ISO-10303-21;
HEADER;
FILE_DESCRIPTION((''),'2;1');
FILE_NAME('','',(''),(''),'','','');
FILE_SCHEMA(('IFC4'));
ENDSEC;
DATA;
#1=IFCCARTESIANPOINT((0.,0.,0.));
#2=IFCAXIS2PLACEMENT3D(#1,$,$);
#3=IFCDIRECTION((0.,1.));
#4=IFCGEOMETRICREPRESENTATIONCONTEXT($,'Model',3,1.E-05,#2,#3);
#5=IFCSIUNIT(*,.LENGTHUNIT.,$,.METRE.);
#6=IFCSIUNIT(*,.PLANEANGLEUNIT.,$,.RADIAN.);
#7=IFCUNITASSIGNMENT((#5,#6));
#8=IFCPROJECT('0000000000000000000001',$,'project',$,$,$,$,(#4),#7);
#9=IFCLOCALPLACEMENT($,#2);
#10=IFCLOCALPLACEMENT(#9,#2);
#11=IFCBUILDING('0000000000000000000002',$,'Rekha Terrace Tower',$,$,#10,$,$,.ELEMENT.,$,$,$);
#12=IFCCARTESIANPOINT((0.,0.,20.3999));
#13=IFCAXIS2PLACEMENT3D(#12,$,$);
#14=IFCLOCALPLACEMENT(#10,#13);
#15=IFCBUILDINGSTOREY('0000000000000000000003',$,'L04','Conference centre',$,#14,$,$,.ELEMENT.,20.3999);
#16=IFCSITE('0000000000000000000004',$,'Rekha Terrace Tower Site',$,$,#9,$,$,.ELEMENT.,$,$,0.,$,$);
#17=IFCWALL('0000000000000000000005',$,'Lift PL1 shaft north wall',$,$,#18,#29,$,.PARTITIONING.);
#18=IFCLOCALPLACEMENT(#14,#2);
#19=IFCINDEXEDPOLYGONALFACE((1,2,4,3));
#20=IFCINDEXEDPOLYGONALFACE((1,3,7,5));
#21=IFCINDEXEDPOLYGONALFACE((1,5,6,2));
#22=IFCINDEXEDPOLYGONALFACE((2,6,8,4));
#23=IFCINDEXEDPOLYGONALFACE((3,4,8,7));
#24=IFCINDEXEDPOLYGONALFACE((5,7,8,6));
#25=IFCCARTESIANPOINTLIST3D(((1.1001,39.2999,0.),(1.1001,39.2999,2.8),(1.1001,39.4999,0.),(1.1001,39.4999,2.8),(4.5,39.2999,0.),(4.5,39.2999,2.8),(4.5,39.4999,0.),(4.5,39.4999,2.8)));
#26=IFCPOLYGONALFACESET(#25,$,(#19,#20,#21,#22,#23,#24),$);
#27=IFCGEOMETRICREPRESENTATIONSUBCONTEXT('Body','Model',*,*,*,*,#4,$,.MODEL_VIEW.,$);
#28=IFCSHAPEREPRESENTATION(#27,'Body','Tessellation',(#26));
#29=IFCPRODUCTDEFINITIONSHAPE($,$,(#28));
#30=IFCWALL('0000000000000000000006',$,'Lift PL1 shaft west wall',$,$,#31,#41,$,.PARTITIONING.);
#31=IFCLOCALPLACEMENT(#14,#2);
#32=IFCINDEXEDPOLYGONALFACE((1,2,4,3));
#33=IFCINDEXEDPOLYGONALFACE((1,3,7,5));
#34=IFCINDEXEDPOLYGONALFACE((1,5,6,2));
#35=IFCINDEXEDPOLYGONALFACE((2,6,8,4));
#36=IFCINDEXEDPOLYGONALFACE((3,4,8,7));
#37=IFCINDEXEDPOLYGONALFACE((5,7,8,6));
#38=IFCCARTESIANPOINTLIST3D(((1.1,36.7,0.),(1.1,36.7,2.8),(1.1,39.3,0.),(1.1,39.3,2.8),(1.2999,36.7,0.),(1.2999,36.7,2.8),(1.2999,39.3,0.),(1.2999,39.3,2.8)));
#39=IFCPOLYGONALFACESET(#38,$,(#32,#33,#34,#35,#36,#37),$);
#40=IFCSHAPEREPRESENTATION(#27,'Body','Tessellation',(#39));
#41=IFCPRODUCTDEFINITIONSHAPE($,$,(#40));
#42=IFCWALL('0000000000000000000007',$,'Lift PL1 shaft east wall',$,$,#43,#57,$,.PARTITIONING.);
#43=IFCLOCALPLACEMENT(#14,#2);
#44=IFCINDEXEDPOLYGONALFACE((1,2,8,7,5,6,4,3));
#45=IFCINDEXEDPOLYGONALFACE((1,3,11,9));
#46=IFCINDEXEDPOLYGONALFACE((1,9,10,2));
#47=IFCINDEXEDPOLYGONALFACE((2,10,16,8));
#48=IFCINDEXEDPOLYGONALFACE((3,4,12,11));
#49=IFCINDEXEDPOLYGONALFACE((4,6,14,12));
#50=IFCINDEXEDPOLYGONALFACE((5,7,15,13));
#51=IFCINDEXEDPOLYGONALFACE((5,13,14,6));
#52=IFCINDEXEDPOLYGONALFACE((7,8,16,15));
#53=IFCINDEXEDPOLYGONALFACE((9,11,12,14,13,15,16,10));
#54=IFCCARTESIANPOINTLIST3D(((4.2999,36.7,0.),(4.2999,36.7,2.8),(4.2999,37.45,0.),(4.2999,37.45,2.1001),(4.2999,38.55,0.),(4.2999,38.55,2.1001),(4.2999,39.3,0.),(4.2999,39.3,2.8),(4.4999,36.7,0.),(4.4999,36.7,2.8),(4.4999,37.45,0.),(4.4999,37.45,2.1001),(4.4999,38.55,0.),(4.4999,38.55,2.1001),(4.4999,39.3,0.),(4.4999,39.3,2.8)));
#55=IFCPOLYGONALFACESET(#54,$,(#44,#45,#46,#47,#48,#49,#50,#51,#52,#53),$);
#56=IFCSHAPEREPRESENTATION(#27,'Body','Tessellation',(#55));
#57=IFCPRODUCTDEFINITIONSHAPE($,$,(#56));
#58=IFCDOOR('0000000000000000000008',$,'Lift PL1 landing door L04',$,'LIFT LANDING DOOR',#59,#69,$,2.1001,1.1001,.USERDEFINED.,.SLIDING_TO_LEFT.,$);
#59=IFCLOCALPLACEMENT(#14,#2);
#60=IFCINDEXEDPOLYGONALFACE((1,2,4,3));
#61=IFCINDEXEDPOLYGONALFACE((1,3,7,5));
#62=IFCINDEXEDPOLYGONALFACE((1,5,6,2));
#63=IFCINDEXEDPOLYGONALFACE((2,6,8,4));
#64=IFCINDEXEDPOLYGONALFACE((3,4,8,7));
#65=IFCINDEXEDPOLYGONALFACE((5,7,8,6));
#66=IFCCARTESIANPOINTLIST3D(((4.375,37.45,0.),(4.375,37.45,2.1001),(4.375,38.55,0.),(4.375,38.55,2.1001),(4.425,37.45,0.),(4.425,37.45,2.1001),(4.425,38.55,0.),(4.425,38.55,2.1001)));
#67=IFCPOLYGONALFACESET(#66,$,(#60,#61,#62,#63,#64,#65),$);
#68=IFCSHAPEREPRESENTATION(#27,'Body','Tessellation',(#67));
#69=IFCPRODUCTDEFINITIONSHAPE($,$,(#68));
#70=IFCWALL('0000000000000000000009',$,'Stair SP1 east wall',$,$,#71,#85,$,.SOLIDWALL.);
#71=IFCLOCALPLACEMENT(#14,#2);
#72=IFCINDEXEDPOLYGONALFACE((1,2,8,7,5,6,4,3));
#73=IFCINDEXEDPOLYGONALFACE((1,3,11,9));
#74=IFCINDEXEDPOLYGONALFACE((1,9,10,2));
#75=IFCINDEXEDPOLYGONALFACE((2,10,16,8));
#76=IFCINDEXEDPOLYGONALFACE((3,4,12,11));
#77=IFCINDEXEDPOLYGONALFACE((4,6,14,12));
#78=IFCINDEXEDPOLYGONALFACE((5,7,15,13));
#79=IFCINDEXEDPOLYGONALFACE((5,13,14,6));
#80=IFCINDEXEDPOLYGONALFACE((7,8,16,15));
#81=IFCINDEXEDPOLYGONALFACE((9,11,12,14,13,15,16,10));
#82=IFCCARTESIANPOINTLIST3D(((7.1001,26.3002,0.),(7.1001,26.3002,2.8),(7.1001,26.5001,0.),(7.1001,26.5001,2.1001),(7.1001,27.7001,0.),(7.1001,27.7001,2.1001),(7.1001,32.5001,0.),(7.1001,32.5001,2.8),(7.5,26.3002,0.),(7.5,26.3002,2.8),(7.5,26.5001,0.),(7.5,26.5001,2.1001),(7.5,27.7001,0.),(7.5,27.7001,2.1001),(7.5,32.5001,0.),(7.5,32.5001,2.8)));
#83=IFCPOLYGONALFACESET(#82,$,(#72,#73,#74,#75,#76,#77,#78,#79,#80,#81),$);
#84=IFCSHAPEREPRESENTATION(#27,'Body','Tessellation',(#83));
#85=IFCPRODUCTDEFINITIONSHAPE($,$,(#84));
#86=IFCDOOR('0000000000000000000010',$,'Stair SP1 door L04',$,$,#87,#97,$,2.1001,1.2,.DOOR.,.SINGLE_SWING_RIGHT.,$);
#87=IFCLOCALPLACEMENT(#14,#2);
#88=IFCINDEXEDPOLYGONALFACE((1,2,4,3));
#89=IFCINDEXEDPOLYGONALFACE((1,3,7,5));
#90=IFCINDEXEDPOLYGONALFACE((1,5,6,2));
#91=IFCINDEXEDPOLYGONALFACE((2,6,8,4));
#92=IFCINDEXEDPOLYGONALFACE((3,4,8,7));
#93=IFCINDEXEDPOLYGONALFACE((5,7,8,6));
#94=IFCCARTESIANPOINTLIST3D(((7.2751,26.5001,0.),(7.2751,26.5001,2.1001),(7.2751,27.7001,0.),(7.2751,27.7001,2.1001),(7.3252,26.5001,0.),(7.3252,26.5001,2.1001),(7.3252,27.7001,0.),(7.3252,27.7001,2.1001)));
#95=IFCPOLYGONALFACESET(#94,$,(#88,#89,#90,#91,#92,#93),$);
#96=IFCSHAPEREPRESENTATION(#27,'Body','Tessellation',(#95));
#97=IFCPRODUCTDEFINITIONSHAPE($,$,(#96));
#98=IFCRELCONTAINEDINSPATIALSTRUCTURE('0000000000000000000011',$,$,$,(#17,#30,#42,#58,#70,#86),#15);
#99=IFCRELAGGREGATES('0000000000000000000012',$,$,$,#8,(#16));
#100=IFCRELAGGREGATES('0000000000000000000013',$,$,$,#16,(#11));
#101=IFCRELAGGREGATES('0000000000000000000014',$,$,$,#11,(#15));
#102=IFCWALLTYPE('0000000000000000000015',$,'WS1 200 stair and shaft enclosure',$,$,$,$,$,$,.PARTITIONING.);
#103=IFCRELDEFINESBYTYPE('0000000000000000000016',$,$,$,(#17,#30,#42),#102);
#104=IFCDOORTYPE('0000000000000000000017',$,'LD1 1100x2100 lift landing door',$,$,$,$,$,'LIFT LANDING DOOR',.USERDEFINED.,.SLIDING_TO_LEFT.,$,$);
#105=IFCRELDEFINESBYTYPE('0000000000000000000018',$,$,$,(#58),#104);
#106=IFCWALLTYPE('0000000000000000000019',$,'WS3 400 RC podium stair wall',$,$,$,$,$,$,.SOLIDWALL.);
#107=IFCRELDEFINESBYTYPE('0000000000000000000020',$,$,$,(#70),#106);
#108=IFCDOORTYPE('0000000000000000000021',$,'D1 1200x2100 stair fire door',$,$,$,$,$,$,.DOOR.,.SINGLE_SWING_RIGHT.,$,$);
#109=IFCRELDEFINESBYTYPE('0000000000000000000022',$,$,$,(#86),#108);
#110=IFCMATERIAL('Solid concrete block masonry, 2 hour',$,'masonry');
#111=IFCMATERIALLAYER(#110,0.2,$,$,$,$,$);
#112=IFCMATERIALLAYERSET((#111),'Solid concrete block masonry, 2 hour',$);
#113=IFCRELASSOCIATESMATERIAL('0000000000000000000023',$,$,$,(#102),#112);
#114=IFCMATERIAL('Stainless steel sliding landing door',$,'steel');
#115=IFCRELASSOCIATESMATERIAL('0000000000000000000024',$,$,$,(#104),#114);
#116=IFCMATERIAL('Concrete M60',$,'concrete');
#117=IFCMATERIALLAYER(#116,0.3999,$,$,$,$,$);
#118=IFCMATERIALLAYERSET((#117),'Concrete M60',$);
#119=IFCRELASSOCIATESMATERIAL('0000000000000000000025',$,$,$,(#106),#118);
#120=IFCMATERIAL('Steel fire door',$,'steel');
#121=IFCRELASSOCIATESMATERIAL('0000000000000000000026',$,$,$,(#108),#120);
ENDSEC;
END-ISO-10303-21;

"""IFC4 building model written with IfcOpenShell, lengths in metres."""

from ifc_helpers import new_model, si_unit, direction, frame, frame_2d, origin, place, context, subcontext, project, spatial, rectangle, extrude, material, layer, layer_set, type_object, element, fill, save


model = new_model("IFC4")

# Units and contexts
model_context = context("Model", 3, precision=1e-05, world=origin(), true_north=direction((0.0, 1.0)))
body_context = subcontext(model_context, "Body", "Model", "MODEL_VIEW")
ifc_project = project(units=[si_unit("LENGTHUNIT", "METRE"), si_unit("PLANEANGLEUNIT", "RADIAN")], contexts=[model_context])

# Site, building, storey
site_placement = place(None, origin())
site = spatial("IfcSite", under=ifc_project, at=site_placement, Name="Rekha Terrace Tower Site", CompositionType="ELEMENT", RefElevation=0.0)
building_placement = place(site_placement, origin())
building = spatial("IfcBuilding", under=site, at=building_placement, Name="Rekha Terrace Tower", CompositionType="ELEMENT")
storey_placement = place(building_placement, frame((0.0, 0.0, 20.3999)))
storey = spatial("IfcBuildingStorey", under=building, at=storey_placement, Name="L04", Description="Conference centre", CompositionType="ELEMENT", Elevation=20.3999)

# Walls
ifc_material_1 = material(Name="Solid concrete block masonry, 2 hour", Category="masonry")
ifc_layer_1 = layer(ifc_material_1, 0.2)
ifc_layer_set_1 = layer_set([ifc_layer_1], Name="Solid concrete block masonry, 2 hour")
wall_type_1 = type_object("IfcWallType", Name="WS1 200 stair and shaft enclosure", PredefinedType="PARTITIONING", material=ifc_layer_set_1)
wall_1_placement = place(storey_placement, frame((1.1001, 39.3999, 0.0), z_axis=(0.0, 0.0, 1.0), x_axis=(1.0, 0.0, 0.0)))
element("IfcWall", 1, at=wall_1_placement, inside=storey, type_object=wall_type_1, Name="Lift PL1 shaft north wall", PredefinedType="PARTITIONING", context=body_context, shape_type="SweptSolid", body=[
    extrude(rectangle(XDim=3.3999, YDim=0.2, at=frame_2d((1.7, 0.0))), origin(), (0.0, 0.0, 1.0), 2.8),
])
wall_2_placement = place(storey_placement, frame((1.2, 36.7, 0.0), z_axis=(0.0, 0.0, 1.0), x_axis=(0.0, 1.0, 0.0)))
element("IfcWall", 2, at=wall_2_placement, inside=storey, type_object=wall_type_1, Name="Lift PL1 shaft west wall", PredefinedType="PARTITIONING", context=body_context, shape_type="SweptSolid", body=[
    extrude(rectangle(XDim=2.6001, YDim=0.2, at=frame_2d((1.3, 0.0))), origin(), (0.0, 0.0, 1.0), 2.8),
])

# Walls, openings, doors
wall_3_placement = place(storey_placement, frame((4.3999, 36.7, 0.0), z_axis=(0.0, 0.0, 1.0), x_axis=(0.0, 1.0, 0.0)))
wall_3 = element("IfcWall", 3, at=wall_3_placement, inside=storey, type_object=wall_type_1, Name="Lift PL1 shaft east wall", PredefinedType="PARTITIONING", context=body_context, shape_type="SweptSolid", body=[
    extrude(rectangle(XDim=2.6001, YDim=0.2, at=frame_2d((1.3, 0.0))), origin(), (0.0, 0.0, 1.0), 2.8),
])
opening_1_placement = place(wall_3_placement, frame((0.75, 0.0, 0.0)))
opening_1 = element("IfcOpeningElement", 4, at=opening_1_placement, cuts=wall_3, PredefinedType="OPENING", context=body_context, shape_type="SweptSolid", body=[
    extrude(rectangle(XDim=1.1001, YDim=2.1001, at=frame_2d((0.55, 1.05))), frame((0.0, 0.1099, 0.0), z_axis=(0.0, -1.0, 0.0), x_axis=(1.0, 0.0, 0.0)), (0.0, 0.0, 1.0), 0.22),
])
ifc_material_2 = material(Name="Stainless steel sliding landing door", Category="steel")
door_type_1 = type_object("IfcDoorType", Name="LD1 1100x2100 lift landing door", ElementType="LIFT LANDING DOOR", OperationType="SLIDING_TO_LEFT", PredefinedType="USERDEFINED", material=ifc_material_2)
door_1_placement = place(opening_1_placement, origin())
door_1 = element("IfcDoor", 5, at=door_1_placement, inside=storey, type_object=door_type_1, Name="Lift PL1 landing door L04", ObjectType="LIFT LANDING DOOR", OperationType="SLIDING_TO_LEFT", OverallHeight=2.1001, OverallWidth=1.1001, PredefinedType="USERDEFINED", context=body_context, shape_type="SweptSolid", body=[
    extrude(rectangle(XDim=1.1001, YDim=2.1001, at=frame_2d((0.55, 1.05))), frame((0.0, 0.0249, 0.0), z_axis=(0.0, -1.0, 0.0), x_axis=(1.0, 0.0, 0.0)), (0.0, 0.0, 1.0), 0.05),
])
fill(opening_1, door_1)
ifc_material_3 = material(Name="Concrete M60", Category="concrete")
ifc_layer_2 = layer(ifc_material_3, 0.3999)
ifc_layer_set_2 = layer_set([ifc_layer_2], Name="Concrete M60")
wall_type_2 = type_object("IfcWallType", Name="WS3 400 RC podium stair wall", PredefinedType="SOLIDWALL", material=ifc_layer_set_2)
wall_4_placement = place(storey_placement, frame((7.3, 26.3, 0.0), z_axis=(0.0, 0.0, 1.0), x_axis=(0.0, 1.0, 0.0)))
wall_4 = element("IfcWall", 6, at=wall_4_placement, inside=storey, type_object=wall_type_2, Name="Stair SP1 east wall", PredefinedType="SOLIDWALL", context=body_context, shape_type="SweptSolid", body=[
    extrude(rectangle(XDim=6.2, YDim=0.3999, at=frame_2d((3.1001, 0.0))), origin(), (0.0, 0.0, 1.0), 2.8),
])
opening_2_placement = place(wall_4_placement, frame((0.2, 0.0, 0.0)))
opening_2 = element("IfcOpeningElement", 7, at=opening_2_placement, cuts=wall_4, PredefinedType="OPENING", context=body_context, shape_type="SweptSolid", body=[
    extrude(rectangle(XDim=1.2, YDim=2.1001, at=frame_2d((0.6001, 1.05))), frame((0.0, 0.21, 0.0), z_axis=(0.0, -1.0, 0.0), x_axis=(1.0, 0.0, 0.0)), (0.0, 0.0, 1.0), 0.4199),
])
ifc_material_4 = material(Name="Steel fire door", Category="steel")
door_type_2 = type_object("IfcDoorType", Name="D1 1200x2100 stair fire door", OperationType="SINGLE_SWING_RIGHT", PredefinedType="DOOR", material=ifc_material_4)
door_2_placement = place(opening_2_placement, origin())
door_2 = element("IfcDoor", 8, at=door_2_placement, inside=storey, type_object=door_type_2, Name="Stair SP1 door L04", OperationType="SINGLE_SWING_RIGHT", OverallHeight=2.1001, OverallWidth=1.2, PredefinedType="DOOR", context=body_context, shape_type="SweptSolid", body=[
    extrude(rectangle(XDim=1.2, YDim=2.1001, at=frame_2d((0.6001, 1.05))), frame((0.0, 0.0249, 0.0), z_axis=(0.0, -1.0, 0.0), x_axis=(1.0, 0.0, 0.0)), (0.0, 0.0, 1.0), 0.05),
])
fill(opening_2, door_2)

save(model, "model.ifc")
